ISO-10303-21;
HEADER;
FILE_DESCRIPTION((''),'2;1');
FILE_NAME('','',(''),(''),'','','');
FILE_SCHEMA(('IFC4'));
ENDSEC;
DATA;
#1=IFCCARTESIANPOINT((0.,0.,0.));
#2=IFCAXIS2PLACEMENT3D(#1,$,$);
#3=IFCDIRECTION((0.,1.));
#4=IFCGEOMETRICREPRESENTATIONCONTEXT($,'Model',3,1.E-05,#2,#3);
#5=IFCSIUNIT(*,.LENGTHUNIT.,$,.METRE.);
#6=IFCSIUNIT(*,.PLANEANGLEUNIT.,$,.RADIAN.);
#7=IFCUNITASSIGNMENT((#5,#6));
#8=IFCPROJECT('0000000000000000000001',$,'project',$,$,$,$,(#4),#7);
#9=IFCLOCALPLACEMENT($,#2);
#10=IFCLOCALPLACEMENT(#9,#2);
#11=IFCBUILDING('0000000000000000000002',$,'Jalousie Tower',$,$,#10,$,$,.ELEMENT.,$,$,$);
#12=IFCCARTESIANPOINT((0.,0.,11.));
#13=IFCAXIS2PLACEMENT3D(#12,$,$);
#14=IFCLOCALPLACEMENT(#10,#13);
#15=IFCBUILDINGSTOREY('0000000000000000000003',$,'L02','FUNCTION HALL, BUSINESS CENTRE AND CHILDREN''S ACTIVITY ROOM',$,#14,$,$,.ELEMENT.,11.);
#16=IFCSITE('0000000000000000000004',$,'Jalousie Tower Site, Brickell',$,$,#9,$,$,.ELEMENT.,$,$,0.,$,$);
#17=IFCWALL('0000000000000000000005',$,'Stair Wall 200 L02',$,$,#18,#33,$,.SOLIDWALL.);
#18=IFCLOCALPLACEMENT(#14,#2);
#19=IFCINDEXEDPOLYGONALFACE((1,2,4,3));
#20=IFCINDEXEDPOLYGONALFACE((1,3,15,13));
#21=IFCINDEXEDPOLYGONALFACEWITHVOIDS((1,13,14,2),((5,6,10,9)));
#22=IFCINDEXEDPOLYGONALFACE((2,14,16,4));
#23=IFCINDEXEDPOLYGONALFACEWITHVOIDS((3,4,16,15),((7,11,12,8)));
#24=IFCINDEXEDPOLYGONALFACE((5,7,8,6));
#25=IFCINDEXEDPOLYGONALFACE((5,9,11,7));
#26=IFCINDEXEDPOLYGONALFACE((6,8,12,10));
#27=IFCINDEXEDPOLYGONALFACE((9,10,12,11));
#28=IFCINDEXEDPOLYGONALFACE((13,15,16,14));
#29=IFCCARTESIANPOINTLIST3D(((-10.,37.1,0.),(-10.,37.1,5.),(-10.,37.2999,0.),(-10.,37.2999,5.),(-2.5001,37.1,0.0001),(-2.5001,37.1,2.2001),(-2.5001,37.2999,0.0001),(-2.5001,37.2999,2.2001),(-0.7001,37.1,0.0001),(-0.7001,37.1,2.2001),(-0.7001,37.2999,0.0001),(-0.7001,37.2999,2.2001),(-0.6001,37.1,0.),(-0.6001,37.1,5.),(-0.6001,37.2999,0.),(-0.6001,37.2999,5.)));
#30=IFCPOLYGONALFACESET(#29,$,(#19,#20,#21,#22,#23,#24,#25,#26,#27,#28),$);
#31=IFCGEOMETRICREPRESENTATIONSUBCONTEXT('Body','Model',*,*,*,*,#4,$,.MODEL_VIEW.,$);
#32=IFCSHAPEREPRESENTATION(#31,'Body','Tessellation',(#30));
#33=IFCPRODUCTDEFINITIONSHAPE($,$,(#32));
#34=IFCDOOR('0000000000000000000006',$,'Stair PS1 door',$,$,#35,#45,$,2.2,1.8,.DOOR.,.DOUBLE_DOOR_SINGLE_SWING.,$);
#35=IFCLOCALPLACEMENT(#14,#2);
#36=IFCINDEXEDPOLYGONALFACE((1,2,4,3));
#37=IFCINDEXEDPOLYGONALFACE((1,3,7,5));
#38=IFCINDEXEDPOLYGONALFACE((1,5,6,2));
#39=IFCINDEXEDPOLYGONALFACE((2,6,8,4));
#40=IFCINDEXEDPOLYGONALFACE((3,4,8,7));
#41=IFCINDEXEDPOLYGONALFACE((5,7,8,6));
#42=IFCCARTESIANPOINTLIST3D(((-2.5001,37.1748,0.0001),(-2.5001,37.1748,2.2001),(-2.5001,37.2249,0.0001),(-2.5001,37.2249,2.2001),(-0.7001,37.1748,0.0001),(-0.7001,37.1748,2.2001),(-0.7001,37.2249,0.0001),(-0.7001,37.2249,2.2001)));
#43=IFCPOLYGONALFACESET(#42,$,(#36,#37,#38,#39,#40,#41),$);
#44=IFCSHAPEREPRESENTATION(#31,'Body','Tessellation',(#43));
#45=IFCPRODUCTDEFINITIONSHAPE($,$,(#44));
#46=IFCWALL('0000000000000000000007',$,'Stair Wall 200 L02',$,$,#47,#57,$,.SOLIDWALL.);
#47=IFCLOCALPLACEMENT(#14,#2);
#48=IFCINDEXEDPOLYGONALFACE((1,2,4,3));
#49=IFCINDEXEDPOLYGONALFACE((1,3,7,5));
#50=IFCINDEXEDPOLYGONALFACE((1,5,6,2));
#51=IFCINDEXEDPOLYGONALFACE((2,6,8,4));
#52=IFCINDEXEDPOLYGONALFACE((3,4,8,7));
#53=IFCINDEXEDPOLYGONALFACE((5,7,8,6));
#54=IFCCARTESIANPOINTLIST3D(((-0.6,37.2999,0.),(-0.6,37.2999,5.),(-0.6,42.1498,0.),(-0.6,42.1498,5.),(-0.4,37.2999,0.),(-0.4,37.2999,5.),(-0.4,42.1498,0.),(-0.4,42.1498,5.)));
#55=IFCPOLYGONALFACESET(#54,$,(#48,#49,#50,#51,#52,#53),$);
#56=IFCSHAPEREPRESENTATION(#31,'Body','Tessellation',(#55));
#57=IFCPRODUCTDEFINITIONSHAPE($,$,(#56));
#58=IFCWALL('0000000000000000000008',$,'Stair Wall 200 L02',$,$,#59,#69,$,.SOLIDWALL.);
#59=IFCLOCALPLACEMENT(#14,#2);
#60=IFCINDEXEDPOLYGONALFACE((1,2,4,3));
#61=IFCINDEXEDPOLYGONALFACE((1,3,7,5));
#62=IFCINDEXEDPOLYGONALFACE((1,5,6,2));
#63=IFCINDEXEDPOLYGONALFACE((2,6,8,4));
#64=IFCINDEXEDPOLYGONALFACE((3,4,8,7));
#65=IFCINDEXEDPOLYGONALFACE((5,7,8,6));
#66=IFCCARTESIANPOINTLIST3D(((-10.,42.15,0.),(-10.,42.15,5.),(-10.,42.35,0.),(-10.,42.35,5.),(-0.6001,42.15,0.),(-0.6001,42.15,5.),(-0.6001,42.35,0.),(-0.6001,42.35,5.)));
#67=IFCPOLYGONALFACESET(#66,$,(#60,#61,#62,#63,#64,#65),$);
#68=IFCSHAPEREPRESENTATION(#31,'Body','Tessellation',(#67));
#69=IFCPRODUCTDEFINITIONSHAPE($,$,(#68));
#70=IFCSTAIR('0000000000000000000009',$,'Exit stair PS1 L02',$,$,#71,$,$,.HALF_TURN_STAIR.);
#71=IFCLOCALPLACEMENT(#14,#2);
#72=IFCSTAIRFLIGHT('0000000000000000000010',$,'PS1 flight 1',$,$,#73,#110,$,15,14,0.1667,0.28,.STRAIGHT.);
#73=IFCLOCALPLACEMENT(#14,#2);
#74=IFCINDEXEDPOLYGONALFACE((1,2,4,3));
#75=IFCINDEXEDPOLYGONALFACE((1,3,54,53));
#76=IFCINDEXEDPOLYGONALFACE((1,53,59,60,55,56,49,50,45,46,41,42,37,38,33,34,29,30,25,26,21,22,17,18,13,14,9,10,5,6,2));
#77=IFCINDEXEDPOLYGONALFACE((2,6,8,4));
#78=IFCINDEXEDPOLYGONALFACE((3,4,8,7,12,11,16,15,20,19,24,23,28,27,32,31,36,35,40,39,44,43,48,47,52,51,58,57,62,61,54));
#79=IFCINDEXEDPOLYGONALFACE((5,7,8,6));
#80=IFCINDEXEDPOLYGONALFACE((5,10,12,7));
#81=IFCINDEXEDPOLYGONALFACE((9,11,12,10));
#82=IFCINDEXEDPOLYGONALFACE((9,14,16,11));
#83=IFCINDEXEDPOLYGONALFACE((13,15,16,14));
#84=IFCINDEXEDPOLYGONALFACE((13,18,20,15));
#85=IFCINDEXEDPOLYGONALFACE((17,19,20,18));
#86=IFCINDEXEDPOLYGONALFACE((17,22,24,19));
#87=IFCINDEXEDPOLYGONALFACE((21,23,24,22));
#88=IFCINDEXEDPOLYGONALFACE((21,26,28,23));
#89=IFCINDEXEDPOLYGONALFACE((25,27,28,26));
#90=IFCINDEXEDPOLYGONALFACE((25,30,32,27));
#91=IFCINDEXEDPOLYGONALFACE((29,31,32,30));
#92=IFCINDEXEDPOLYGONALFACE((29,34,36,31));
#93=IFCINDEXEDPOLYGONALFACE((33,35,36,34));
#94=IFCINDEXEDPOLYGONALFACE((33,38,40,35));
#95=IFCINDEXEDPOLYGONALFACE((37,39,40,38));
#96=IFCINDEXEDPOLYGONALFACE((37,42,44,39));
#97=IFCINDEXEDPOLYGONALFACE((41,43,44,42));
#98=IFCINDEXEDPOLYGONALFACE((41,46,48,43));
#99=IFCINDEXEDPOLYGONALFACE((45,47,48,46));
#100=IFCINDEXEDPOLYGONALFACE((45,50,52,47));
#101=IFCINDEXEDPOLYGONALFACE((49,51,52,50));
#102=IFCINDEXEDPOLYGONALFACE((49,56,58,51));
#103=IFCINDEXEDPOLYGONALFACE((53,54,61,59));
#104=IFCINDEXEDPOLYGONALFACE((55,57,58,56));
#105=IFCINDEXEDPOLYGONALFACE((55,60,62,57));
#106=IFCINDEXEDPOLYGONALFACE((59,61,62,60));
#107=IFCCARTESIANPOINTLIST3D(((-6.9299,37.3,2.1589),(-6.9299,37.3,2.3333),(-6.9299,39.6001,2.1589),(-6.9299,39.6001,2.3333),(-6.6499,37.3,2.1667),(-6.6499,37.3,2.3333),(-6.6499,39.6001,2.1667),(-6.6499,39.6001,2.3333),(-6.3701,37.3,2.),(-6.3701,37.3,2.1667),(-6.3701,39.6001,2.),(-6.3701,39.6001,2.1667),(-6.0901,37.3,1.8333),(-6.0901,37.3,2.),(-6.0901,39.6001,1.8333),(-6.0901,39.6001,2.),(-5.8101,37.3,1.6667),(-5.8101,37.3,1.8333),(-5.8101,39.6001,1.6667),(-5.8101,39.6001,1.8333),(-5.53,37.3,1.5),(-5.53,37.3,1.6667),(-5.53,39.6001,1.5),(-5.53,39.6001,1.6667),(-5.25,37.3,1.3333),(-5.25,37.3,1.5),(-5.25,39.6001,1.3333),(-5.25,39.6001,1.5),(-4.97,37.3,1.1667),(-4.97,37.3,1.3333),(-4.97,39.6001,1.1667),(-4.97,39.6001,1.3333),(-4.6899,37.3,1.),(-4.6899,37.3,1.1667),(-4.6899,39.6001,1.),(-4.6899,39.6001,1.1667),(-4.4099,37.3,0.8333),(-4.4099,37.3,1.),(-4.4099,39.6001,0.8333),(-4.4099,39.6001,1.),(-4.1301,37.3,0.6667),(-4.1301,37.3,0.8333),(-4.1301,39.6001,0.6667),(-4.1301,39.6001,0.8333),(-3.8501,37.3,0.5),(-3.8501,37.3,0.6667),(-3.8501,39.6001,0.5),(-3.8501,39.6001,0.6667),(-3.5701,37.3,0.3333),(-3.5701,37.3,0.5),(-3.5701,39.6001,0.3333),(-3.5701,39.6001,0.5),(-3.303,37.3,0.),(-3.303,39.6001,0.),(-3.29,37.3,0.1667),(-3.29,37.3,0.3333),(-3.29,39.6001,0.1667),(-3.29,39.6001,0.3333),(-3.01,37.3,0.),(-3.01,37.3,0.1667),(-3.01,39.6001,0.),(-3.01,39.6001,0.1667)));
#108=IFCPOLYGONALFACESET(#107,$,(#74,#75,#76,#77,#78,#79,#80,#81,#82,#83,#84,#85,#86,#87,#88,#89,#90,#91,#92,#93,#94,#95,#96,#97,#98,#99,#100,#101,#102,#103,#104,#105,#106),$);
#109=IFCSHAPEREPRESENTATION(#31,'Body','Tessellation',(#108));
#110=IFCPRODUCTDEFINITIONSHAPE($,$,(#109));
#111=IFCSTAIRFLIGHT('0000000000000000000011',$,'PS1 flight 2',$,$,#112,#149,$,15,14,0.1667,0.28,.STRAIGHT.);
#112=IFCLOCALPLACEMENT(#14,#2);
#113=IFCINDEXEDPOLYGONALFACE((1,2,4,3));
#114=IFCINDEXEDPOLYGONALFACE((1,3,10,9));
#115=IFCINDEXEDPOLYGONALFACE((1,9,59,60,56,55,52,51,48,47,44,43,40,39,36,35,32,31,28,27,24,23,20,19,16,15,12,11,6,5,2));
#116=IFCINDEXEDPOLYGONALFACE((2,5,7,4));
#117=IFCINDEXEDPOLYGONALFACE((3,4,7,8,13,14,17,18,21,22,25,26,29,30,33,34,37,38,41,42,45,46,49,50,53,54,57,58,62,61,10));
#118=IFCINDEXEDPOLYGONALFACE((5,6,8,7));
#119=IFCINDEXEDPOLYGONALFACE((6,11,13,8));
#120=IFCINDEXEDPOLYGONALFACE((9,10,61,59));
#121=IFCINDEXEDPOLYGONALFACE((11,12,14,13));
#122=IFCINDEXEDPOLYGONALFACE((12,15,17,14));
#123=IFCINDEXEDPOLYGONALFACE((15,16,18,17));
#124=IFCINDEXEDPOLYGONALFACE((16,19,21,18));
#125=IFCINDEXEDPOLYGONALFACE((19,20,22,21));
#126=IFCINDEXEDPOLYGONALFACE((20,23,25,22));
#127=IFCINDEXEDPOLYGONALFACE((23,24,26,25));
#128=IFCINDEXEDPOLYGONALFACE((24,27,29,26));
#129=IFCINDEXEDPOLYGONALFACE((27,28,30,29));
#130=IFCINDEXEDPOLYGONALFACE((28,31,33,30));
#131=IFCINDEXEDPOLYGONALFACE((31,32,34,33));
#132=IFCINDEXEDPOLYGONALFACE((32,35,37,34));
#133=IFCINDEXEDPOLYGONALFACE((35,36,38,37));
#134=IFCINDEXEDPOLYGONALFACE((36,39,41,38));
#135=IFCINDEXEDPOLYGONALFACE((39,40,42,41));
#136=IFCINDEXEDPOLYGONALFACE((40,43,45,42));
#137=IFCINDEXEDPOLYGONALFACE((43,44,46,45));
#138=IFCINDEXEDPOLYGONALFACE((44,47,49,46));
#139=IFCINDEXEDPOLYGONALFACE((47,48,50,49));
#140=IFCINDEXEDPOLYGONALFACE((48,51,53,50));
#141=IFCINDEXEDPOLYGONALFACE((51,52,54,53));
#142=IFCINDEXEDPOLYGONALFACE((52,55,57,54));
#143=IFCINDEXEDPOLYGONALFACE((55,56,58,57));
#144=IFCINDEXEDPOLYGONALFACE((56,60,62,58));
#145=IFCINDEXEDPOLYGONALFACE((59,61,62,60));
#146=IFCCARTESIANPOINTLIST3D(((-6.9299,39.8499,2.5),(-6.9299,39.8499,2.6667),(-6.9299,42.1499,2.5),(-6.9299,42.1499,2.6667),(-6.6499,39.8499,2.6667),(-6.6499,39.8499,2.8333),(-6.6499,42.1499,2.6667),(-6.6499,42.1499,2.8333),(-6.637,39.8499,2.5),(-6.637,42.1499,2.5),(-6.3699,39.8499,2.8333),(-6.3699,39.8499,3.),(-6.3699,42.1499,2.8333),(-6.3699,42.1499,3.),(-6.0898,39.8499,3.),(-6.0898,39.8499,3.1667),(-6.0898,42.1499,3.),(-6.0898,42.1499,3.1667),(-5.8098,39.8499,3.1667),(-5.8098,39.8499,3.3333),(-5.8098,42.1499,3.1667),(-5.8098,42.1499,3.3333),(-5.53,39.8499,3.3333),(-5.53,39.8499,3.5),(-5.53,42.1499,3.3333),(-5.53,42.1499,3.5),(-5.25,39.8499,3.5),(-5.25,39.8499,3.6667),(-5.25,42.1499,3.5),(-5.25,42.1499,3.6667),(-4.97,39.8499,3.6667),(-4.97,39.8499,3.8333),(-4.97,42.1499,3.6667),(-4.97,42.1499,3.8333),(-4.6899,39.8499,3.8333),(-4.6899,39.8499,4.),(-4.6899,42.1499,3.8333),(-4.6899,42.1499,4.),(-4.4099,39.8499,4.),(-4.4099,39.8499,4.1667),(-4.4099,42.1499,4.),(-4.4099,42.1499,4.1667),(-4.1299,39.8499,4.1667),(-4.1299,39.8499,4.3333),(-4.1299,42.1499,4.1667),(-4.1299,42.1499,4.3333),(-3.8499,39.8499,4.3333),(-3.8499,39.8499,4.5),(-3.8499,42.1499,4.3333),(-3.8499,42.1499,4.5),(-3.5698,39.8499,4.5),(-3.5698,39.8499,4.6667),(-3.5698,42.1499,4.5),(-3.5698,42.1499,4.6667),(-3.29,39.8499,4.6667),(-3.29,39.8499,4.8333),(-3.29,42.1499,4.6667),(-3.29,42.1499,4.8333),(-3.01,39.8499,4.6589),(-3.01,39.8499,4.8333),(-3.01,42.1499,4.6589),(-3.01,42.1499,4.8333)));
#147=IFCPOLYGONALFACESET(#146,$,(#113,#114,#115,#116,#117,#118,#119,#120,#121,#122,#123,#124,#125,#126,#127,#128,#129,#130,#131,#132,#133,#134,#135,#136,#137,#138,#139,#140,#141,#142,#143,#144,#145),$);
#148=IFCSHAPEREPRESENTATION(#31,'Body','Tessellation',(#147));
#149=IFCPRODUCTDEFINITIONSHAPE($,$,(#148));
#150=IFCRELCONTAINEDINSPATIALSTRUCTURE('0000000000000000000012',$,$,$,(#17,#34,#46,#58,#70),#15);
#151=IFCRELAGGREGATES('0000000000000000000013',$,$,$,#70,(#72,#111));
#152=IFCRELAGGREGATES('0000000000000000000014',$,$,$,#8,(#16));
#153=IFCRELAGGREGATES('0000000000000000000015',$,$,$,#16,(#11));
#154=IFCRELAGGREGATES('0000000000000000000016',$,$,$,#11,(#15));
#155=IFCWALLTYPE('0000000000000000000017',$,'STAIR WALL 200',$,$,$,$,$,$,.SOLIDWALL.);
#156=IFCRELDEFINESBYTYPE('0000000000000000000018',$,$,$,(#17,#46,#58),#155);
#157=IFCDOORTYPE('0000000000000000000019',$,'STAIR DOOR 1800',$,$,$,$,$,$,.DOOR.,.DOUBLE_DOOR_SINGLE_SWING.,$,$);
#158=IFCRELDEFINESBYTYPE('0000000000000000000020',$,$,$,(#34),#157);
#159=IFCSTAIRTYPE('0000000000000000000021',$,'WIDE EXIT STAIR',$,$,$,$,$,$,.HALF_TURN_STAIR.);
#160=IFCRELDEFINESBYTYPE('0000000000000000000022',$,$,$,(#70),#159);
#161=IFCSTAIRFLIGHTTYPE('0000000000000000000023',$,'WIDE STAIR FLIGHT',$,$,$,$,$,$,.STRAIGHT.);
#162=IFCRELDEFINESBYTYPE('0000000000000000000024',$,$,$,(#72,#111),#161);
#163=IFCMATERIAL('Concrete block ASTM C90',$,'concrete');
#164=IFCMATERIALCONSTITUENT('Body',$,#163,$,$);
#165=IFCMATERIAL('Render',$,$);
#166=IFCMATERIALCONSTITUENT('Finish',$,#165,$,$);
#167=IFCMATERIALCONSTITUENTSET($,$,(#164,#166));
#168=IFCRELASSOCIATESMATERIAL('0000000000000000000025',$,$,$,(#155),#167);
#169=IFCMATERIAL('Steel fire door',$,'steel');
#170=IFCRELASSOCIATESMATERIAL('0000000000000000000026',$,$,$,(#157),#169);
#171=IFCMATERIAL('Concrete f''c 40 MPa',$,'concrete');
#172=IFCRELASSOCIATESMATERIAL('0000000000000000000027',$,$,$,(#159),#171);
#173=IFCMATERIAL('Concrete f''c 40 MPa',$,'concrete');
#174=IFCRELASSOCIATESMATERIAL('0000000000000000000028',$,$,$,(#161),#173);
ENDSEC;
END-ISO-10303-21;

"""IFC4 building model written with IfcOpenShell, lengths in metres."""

from ifc_helpers import new_model, si_unit, direction, frame, frame_2d, origin, place, context, subcontext, project, spatial, polyline, rectangle, outline, extrude, material, constituent, constituent_set, type_object, element, fill, aggregate, save


model = new_model("IFC4")

# Units and contexts
model_context = context("Model", 3, precision=1e-05, world=origin(), true_north=direction((0.0, 1.0)))
body_context = subcontext(model_context, "Body", "Model", "MODEL_VIEW")
ifc_project = project(units=[si_unit("LENGTHUNIT", "METRE"), si_unit("PLANEANGLEUNIT", "RADIAN")], contexts=[model_context])

# Site, building, storey
site_placement = place(None, origin())
site = spatial("IfcSite", under=ifc_project, at=site_placement, Name="Jalousie Tower Site, Brickell", CompositionType="ELEMENT", RefElevation=0.0)
building_placement = place(site_placement, origin())
building = spatial("IfcBuilding", under=site, at=building_placement, Name="Jalousie Tower", CompositionType="ELEMENT")
storey_placement = place(building_placement, frame((0.0, 0.0, 11.0)))
storey = spatial("IfcBuildingStorey", under=building, at=storey_placement, Name="L02", Description="FUNCTION HALL, BUSINESS CENTRE AND CHILDREN'S ACTIVITY ROOM", CompositionType="ELEMENT", Elevation=11.0)

# Shared definitions
ifc_material_1 = material(Name="Concrete block ASTM C90", Category="concrete")
ifc_constituent_1 = constituent(ifc_material_1, Name="Body")
ifc_material_2 = material(Name="Render")
ifc_constituent_2 = constituent(ifc_material_2, Name="Finish")
ifc_constituent_set_1 = constituent_set(constituents=[ifc_constituent_1, ifc_constituent_2])
wall_type = type_object("IfcWallType", Name="STAIR WALL 200", PredefinedType="SOLIDWALL", material=ifc_constituent_set_1)

# Wall, opening, door
wall_1_placement = place(storey_placement, frame((-10.0, 37.2, 0.0), z_axis=(0.0, 0.0, 1.0), x_axis=(1.0, 0.0, 0.0)))
wall_1 = element("IfcWall", 1, at=wall_1_placement, inside=storey, type_object=wall_type, Name="Stair Wall 200 L02", PredefinedType="SOLIDWALL", context=body_context, shape_type="SweptSolid", body=[
    extrude(rectangle(XDim=9.3999, YDim=0.2, at=frame_2d((4.7, 0.0))), origin(), (0.0, 0.0, 1.0), 5.0),
])
opening_placement = place(wall_1_placement, frame((7.5, 0.0, 0.0)))
opening = element("IfcOpeningElement", 2, at=opening_placement, cuts=wall_1, PredefinedType="OPENING", context=body_context, shape_type="SweptSolid", body=[
    extrude(rectangle(XDim=1.8, YDim=2.2, at=frame_2d((0.8999, 1.1001))), frame((0.0, 0.1099, 0.0), z_axis=(0.0, -1.0, 0.0), x_axis=(1.0, 0.0, 0.0)), (0.0, 0.0, 1.0), 0.22),
])
ifc_material_3 = material(Name="Steel fire door", Category="steel")
door_type = type_object("IfcDoorType", Name="STAIR DOOR 1800", OperationType="DOUBLE_DOOR_SINGLE_SWING", PredefinedType="DOOR", material=ifc_material_3)
door_placement = place(opening_placement, origin())
door = element("IfcDoor", 3, at=door_placement, inside=storey, type_object=door_type, Name="Stair PS1 door", OperationType="DOUBLE_DOOR_SINGLE_SWING", OverallHeight=2.2, OverallWidth=1.8, PredefinedType="DOOR", context=body_context, shape_type="SweptSolid", body=[
    extrude(rectangle(XDim=1.8, YDim=2.2, at=frame_2d((0.8999, 1.1001))), frame((0.0, 0.0249, 0.0), z_axis=(0.0, -1.0, 0.0), x_axis=(1.0, 0.0, 0.0)), (0.0, 0.0, 1.0), 0.05),
])
fill(opening, door)

# Walls
wall_2_placement = place(storey_placement, frame((-0.5, 37.3, 0.0), z_axis=(0.0, 0.0, 1.0), x_axis=(0.0, 1.0, 0.0)))
element("IfcWall", 4, at=wall_2_placement, inside=storey, type_object=wall_type, Name="Stair Wall 200 L02", PredefinedType="SOLIDWALL", context=body_context, shape_type="SweptSolid", body=[
    extrude(rectangle(XDim=4.8499, YDim=0.2, at=frame_2d((2.4248, 0.0))), origin(), (0.0, 0.0, 1.0), 5.0),
])
wall_3_placement = place(storey_placement, frame((-10.0, 42.25, 0.0), z_axis=(0.0, 0.0, 1.0), x_axis=(1.0, 0.0, 0.0)))
element("IfcWall", 5, at=wall_3_placement, inside=storey, type_object=wall_type, Name="Stair Wall 200 L02", PredefinedType="SOLIDWALL", context=body_context, shape_type="SweptSolid", body=[
    extrude(rectangle(XDim=9.3999, YDim=0.2, at=frame_2d((4.7, 0.0))), origin(), (0.0, 0.0, 1.0), 5.0),
])

# Stair, stair flights
ifc_material_4 = material(Name="Concrete f'c 40 MPa", Category="concrete")
stair_type = type_object("IfcStairType", Name="WIDE EXIT STAIR", PredefinedType="HALF_TURN_STAIR", material=ifc_material_4)
stair_placement = place(storey_placement, origin())
stair = element("IfcStair", 6, at=stair_placement, inside=storey, type_object=stair_type, Name="Exit stair PS1 L02", PredefinedType="HALF_TURN_STAIR")
ifc_material_5 = material(Name="Concrete f'c 40 MPa", Category="concrete")
stair_flight_type = type_object("IfcStairFlightType", Name="WIDE STAIR FLIGHT", PredefinedType="STRAIGHT", material=ifc_material_5)
stair_flight_1_placement = place(storey_placement, frame((-3.01, 38.45, 0.0), z_axis=(0.0, 0.0, 1.0), x_axis=(-1.0, 0.0, 0.0)))
stair_flight_1 = element("IfcStairFlight", 7, at=stair_flight_1_placement, type_object=stair_flight_type, Name="PS1 flight 1", NumberOfRisers=15, NumberOfTreads=14, PredefinedType="STRAIGHT", RiserHeight=0.1667, TreadLength=0.28, context=body_context, shape_type="SweptSolid", body=[
    extrude(outline(polyline([(0.0, 0.0), (0.0, 0.1667), (0.28, 0.1667), (0.28, 0.3333), (0.5601, 0.3333), (0.5601, 0.5), (0.8401, 0.5), (0.8401, 0.6667), (1.1201, 0.6667), (1.1201, 0.8333), (1.3999, 0.8333), (1.3999, 1.0), (1.6799, 1.0), (1.6799, 1.1667), (1.96, 1.1667), (1.96, 1.3333), (2.24, 1.3333), (2.24, 1.5), (2.52, 1.5), (2.52, 1.6667), (2.8, 1.6667), (2.8, 1.8333), (3.0801, 1.8333), (3.0801, 2.0), (3.3601, 2.0), (3.3601, 2.1667), (3.6399, 2.1667), (3.6399, 2.3333), (3.9199, 2.3333), (3.9199, 2.5), (3.9199, 2.1589), (0.293, 0.0), (0.0, 0.0)])), frame((0.0, 1.1499, 0.0), z_axis=(0.0, -1.0, 0.0), x_axis=(1.0, 0.0, 0.0)), (0.0, 0.0, 1.0), 2.3),
])
stair_flight_2_placement = place(storey_placement, frame((-6.9299, 41.0, 2.5), z_axis=(0.0, 0.0, 1.0), x_axis=(1.0, 0.0, 0.0)))
stair_flight_2 = element("IfcStairFlight", 8, at=stair_flight_2_placement, type_object=stair_flight_type, Name="PS1 flight 2", NumberOfRisers=15, NumberOfTreads=14, PredefinedType="STRAIGHT", RiserHeight=0.1667, TreadLength=0.28, context=body_context, shape_type="SweptSolid", body=[
    extrude(outline(polyline([(0.0, 0.0), (0.0, 0.1667), (0.28, 0.1667), (0.28, 0.3333), (0.5601, 0.3333), (0.5601, 0.5), (0.8401, 0.5), (0.8401, 0.6667), (1.1201, 0.6667), (1.1201, 0.8333), (1.3999, 0.8333), (1.3999, 1.0), (1.6799, 1.0), (1.6799, 1.1667), (1.96, 1.1667), (1.96, 1.3333), (2.24, 1.3333), (2.24, 1.5), (2.52, 1.5), (2.52, 1.6667), (2.8, 1.6667), (2.8, 1.8333), (3.0801, 1.8333), (3.0801, 2.0), (3.3601, 2.0), (3.3601, 2.1667), (3.6399, 2.1667), (3.6399, 2.3333), (3.9199, 2.3333), (3.9199, 2.5), (3.9199, 2.1589), (0.293, 0.0), (0.0, 0.0)])), frame((0.0, 1.1499, 0.0), z_axis=(0.0, -1.0, 0.0), x_axis=(1.0, 0.0, 0.0)), (0.0, 0.0, 1.0), 2.3),
])
aggregate(stair, [stair_flight_1, stair_flight_2])

save(model, "model.ifc")
